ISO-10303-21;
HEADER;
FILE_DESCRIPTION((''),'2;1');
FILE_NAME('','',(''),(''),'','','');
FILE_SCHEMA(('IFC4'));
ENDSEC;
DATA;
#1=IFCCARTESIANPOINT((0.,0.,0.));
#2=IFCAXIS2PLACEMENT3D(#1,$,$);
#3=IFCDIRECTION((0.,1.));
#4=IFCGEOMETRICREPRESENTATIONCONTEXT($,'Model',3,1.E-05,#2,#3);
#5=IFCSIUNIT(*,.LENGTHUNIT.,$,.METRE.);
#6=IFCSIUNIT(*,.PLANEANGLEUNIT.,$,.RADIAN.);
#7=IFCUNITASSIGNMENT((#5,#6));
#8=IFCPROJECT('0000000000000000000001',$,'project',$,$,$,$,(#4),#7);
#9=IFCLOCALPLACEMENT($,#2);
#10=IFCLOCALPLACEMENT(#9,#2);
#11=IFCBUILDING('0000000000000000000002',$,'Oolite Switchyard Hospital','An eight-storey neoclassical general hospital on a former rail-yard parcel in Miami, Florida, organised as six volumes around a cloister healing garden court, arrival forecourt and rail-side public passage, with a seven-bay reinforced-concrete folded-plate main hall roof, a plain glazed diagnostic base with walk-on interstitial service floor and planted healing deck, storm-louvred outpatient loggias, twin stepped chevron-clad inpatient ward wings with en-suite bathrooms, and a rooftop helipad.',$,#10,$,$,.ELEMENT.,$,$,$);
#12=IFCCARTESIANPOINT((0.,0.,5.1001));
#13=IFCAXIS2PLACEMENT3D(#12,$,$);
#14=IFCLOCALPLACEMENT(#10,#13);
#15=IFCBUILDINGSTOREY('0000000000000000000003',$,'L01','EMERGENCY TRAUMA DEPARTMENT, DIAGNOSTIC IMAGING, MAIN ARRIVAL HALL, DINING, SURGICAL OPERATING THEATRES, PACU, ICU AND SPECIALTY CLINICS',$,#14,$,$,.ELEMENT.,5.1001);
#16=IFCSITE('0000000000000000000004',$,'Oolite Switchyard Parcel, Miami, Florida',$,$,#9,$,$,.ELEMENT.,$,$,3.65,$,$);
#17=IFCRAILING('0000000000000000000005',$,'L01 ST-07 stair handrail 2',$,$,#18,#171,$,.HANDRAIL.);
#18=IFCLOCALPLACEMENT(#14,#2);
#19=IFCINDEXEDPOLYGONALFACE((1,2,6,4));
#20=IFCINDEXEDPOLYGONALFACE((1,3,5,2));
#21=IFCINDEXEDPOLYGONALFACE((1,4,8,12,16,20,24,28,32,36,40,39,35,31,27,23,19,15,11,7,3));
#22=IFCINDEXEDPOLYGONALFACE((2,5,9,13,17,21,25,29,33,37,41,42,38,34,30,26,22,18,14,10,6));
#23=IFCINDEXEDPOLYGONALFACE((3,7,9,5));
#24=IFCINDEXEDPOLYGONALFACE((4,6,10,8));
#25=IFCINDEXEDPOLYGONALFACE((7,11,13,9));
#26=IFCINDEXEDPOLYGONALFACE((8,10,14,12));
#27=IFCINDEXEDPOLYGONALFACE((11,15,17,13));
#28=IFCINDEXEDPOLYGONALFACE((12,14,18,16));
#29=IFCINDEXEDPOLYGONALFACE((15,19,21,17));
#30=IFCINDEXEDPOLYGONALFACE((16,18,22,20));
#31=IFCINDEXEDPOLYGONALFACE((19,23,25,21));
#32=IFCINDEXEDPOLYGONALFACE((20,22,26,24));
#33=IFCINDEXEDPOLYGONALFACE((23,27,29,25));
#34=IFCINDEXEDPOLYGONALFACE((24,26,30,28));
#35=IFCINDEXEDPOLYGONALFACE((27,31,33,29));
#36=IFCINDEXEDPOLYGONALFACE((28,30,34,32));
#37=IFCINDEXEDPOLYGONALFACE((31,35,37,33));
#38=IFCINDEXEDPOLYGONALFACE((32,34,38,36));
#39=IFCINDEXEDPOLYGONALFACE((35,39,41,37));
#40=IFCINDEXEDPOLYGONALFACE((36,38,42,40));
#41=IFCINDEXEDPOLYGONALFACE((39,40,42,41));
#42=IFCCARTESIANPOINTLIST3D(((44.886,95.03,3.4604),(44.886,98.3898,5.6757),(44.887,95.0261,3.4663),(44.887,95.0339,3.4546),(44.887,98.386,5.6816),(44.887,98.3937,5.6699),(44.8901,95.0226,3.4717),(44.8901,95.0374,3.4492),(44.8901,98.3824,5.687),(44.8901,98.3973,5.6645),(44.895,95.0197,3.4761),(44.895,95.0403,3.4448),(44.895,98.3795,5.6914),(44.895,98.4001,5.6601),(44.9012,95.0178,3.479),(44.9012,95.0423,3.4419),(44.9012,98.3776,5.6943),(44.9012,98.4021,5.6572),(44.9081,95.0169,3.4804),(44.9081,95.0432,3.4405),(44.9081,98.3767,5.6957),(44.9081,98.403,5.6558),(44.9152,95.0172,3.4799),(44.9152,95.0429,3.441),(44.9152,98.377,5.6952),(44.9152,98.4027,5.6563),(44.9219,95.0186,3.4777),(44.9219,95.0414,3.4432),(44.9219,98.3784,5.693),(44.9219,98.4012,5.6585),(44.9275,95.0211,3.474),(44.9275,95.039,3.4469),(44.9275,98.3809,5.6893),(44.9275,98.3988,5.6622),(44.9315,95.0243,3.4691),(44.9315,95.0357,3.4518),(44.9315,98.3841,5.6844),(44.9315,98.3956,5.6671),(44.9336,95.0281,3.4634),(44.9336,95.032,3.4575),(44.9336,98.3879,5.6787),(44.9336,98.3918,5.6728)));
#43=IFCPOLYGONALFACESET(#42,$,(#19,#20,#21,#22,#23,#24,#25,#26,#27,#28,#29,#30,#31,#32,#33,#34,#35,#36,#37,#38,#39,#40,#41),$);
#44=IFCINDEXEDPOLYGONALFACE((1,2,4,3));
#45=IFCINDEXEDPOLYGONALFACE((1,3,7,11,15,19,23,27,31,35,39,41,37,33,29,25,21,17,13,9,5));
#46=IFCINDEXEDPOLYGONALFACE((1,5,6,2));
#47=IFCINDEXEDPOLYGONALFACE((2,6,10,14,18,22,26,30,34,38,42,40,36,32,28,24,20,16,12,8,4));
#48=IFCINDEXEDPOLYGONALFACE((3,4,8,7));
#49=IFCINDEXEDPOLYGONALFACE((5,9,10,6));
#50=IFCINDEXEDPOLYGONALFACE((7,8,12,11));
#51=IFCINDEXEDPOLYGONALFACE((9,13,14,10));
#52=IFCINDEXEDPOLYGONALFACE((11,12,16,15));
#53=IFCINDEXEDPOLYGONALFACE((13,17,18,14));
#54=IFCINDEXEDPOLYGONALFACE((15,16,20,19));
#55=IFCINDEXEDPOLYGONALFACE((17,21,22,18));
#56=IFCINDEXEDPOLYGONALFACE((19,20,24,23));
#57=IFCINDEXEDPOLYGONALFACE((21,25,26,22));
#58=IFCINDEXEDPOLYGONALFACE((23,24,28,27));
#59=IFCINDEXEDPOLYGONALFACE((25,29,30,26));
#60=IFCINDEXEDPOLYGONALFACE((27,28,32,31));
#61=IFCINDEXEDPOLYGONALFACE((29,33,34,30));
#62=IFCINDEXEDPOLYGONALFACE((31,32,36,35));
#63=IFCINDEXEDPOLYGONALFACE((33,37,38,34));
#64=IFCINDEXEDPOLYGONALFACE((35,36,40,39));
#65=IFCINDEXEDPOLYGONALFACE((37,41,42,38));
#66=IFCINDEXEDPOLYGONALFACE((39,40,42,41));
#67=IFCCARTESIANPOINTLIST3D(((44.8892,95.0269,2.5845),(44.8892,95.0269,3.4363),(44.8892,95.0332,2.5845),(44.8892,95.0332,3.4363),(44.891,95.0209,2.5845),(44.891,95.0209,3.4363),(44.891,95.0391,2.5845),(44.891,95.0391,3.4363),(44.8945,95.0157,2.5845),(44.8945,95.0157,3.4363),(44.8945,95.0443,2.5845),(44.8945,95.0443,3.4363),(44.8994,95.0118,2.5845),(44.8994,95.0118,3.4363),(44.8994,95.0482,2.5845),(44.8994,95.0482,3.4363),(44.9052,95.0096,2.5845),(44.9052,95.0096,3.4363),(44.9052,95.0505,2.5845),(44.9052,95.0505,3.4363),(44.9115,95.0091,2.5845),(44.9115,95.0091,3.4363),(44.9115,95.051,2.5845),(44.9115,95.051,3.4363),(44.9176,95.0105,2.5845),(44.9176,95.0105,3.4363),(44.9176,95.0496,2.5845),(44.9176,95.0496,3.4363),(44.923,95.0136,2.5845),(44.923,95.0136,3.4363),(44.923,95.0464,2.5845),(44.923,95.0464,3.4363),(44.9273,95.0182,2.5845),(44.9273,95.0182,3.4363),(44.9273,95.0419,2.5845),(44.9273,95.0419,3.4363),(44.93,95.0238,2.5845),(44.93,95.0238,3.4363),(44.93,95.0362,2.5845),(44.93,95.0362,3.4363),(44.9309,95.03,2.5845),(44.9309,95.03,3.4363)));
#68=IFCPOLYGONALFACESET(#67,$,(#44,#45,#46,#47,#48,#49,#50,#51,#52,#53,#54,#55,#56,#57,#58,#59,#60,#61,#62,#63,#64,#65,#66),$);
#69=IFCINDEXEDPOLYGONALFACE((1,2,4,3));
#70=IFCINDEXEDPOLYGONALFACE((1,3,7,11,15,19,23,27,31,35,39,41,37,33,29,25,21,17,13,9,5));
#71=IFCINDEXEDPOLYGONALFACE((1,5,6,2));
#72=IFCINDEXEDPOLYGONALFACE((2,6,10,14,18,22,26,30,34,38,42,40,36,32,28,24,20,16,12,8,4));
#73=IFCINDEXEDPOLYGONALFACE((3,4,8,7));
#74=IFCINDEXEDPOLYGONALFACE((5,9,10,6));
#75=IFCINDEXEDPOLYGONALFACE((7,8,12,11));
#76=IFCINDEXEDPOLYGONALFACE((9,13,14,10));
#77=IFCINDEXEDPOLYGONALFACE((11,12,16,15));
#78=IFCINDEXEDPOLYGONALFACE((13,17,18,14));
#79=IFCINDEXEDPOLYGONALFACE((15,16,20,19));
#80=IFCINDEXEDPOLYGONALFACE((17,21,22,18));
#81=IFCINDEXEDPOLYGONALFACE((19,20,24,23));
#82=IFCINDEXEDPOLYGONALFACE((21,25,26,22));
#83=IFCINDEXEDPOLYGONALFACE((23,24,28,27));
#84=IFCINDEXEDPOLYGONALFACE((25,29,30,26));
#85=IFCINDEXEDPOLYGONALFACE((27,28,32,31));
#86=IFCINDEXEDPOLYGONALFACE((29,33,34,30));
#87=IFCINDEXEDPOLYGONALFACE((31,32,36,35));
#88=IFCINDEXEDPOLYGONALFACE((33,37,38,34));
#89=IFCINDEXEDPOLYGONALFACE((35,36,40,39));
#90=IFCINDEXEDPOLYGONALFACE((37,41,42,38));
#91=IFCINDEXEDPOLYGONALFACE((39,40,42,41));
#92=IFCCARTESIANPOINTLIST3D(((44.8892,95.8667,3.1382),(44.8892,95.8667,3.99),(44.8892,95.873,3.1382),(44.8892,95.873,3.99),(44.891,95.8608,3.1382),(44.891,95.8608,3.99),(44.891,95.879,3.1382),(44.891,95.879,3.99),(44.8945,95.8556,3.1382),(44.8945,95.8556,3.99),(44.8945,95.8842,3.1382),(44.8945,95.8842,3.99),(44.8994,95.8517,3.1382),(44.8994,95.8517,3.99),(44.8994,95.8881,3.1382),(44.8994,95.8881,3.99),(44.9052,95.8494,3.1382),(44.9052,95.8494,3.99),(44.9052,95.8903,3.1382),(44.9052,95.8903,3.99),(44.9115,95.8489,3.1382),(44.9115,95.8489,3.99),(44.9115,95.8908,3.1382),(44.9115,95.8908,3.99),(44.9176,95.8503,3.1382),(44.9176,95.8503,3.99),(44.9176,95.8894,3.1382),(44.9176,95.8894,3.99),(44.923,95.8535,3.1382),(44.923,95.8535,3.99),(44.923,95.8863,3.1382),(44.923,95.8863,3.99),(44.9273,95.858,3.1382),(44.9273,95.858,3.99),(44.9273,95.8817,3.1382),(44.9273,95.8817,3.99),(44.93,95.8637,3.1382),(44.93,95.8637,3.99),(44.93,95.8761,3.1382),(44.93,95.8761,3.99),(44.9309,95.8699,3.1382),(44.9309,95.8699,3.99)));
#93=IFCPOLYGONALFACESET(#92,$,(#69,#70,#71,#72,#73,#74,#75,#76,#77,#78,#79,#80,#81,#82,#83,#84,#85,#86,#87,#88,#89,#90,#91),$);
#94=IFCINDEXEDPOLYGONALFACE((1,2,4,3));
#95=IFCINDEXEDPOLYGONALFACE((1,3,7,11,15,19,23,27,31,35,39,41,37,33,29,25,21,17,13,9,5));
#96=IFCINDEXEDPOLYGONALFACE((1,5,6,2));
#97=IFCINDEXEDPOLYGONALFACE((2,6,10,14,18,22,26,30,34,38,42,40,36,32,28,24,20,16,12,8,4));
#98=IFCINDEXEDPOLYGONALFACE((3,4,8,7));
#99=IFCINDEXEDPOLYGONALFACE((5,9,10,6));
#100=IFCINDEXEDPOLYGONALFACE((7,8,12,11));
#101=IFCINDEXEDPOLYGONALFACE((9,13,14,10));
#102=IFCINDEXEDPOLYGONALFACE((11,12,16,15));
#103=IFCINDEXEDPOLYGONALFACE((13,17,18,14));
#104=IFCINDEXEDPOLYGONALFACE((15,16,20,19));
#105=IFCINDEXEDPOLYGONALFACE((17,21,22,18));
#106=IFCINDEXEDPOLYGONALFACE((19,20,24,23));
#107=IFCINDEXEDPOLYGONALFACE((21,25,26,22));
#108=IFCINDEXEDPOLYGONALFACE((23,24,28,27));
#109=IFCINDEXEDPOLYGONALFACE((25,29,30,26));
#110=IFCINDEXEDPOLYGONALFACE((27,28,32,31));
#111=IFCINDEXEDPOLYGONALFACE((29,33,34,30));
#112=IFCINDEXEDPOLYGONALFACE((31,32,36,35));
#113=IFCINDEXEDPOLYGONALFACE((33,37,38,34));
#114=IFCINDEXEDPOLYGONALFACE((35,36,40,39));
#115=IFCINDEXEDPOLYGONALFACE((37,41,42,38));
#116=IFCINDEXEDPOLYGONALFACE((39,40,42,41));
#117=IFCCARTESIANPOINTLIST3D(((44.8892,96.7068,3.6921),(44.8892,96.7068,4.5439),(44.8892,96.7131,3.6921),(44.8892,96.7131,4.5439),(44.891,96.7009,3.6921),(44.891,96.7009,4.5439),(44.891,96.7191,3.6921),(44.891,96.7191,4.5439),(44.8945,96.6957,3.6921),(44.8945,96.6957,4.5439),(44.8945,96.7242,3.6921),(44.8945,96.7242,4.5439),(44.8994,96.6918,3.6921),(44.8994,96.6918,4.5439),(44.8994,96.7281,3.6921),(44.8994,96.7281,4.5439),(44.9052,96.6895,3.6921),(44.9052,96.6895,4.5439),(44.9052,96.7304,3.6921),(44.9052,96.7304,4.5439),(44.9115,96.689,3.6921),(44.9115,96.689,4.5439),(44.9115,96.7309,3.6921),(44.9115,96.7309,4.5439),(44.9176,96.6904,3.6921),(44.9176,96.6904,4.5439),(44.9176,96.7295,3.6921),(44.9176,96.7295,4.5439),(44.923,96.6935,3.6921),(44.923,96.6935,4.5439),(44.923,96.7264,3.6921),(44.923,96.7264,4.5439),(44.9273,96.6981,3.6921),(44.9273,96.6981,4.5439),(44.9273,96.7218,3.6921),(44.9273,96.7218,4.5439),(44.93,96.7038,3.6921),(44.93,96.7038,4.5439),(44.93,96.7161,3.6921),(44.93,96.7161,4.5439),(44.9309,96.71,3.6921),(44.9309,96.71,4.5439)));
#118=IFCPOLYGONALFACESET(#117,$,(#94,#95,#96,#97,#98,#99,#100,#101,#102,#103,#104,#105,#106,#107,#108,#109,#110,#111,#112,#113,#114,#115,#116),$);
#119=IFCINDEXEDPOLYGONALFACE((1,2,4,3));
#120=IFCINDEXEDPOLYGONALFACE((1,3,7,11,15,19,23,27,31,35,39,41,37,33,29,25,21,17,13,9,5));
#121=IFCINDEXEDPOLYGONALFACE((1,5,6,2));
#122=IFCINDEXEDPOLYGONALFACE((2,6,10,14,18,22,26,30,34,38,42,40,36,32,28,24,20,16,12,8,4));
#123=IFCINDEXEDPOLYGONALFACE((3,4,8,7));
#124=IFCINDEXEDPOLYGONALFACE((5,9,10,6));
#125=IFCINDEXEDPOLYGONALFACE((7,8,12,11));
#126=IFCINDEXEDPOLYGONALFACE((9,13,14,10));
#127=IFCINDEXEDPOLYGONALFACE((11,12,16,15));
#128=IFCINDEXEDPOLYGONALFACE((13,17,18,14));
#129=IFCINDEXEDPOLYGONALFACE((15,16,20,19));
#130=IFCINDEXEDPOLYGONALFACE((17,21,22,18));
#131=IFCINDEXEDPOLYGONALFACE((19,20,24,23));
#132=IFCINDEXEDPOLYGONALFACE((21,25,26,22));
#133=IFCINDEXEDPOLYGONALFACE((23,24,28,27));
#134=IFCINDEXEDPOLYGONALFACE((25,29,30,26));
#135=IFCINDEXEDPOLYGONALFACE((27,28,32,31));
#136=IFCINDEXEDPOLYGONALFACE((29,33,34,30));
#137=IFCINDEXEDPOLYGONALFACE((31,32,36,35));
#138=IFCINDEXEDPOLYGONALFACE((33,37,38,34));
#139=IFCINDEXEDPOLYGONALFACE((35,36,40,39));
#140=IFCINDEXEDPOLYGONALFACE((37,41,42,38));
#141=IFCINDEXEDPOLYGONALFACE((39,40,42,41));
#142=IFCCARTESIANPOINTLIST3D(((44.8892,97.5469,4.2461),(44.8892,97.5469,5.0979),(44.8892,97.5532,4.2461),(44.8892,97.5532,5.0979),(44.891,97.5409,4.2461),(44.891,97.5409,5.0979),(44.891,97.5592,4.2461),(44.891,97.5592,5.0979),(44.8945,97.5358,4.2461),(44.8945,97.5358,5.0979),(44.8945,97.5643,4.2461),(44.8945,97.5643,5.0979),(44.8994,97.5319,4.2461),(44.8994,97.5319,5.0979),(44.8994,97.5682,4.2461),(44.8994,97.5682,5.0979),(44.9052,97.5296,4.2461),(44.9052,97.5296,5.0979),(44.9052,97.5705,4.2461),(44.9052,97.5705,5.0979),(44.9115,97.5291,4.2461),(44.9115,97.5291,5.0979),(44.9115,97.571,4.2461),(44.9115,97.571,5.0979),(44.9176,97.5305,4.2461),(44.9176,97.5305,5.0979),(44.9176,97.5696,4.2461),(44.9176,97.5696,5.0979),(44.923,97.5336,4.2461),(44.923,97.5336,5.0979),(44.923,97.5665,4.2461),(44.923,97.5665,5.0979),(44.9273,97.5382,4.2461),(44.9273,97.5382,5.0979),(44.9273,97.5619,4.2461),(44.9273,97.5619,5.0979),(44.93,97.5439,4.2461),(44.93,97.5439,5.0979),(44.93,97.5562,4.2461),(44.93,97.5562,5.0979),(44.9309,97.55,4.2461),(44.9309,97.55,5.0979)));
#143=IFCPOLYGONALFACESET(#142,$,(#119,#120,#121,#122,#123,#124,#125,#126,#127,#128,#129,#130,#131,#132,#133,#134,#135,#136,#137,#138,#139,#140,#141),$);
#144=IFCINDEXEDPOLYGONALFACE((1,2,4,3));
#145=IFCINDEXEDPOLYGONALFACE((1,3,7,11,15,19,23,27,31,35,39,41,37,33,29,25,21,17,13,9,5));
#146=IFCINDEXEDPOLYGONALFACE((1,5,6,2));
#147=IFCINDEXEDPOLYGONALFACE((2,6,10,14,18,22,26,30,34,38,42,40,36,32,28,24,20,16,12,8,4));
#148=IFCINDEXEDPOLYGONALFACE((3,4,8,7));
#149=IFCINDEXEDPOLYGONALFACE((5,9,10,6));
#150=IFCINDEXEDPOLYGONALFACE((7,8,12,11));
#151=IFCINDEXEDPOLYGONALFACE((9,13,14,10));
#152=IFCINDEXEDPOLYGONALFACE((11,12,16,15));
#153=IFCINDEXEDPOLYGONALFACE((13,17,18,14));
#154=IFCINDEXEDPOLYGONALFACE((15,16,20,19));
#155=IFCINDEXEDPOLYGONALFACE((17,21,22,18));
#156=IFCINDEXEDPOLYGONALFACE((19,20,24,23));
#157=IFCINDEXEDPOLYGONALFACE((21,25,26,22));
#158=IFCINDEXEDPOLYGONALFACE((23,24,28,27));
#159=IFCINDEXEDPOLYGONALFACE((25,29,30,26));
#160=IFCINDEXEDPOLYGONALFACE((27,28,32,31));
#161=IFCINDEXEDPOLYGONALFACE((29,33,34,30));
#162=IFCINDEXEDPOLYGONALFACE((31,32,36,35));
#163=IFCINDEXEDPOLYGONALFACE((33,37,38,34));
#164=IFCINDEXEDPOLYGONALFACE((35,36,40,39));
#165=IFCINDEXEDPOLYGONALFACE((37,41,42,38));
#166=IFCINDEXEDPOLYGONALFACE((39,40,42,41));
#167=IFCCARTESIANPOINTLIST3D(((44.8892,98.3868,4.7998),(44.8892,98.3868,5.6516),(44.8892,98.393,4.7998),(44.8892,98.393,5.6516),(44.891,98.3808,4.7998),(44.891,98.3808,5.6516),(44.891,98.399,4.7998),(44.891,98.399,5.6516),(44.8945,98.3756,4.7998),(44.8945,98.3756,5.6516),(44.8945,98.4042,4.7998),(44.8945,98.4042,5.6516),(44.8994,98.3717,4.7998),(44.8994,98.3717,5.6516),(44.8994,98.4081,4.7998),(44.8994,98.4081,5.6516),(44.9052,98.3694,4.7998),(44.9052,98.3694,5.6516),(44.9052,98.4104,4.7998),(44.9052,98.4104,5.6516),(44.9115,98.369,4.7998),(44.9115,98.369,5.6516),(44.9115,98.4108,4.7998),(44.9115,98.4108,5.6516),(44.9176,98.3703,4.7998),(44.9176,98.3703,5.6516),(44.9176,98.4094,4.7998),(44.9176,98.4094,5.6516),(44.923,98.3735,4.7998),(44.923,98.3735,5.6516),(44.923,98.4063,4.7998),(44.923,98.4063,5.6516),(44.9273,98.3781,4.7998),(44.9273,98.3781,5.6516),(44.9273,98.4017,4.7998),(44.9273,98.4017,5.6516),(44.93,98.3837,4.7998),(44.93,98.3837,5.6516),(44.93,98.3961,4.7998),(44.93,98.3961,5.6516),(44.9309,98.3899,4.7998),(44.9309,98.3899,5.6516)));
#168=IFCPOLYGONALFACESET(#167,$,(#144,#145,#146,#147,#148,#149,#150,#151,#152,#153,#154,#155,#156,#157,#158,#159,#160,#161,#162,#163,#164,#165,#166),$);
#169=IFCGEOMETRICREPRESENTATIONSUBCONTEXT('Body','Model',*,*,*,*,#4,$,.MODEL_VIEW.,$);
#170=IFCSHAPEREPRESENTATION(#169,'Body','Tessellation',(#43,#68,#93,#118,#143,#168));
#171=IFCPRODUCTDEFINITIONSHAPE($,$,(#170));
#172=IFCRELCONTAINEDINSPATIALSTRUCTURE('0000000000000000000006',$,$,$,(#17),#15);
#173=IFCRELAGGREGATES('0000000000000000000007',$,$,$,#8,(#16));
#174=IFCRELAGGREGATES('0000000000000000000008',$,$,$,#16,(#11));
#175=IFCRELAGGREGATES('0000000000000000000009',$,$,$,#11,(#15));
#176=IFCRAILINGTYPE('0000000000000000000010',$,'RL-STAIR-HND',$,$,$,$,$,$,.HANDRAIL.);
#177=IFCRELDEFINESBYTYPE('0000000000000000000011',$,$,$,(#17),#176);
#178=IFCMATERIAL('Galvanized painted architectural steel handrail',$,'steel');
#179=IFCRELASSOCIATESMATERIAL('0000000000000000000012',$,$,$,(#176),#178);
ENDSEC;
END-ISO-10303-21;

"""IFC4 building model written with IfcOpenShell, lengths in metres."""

from ifc_helpers import new_model, si_unit, direction, frame, origin, origin_2d, place, context, subcontext, project, spatial, circle, extrude, material, type_object, element, save


model = new_model("IFC4")

# Units and contexts
model_context = context("Model", 3, precision=1e-05, world=origin(), true_north=direction((0.0, 1.0)))
body_context = subcontext(model_context, "Body", "Model", "MODEL_VIEW")
ifc_project = project(units=[si_unit("LENGTHUNIT", "METRE"), si_unit("PLANEANGLEUNIT", "RADIAN")], contexts=[model_context])

# Site, building, storey
site_placement = place(None, origin())
site = spatial("IfcSite", under=ifc_project, at=site_placement, Name="Oolite Switchyard Parcel, Miami, Florida", CompositionType="ELEMENT", RefElevation=3.65)
building_placement = place(site_placement, origin())
building = spatial("IfcBuilding", under=site, at=building_placement, Name="Oolite Switchyard Hospital", Description="An eight-storey neoclassical general hospital on a former rail-yard parcel in Miami, Florida, organised as six volumes around a cloister healing garden court, arrival forecourt and rail-side public passage, with a seven-bay reinforced-concrete folded-plate main hall roof, a plain glazed diagnostic base with walk-on interstitial service floor and planted healing deck, storm-louvred outpatient loggias, twin stepped chevron-clad inpatient ward wings with en-suite bathrooms, and a rooftop helipad.", CompositionType="ELEMENT")
storey_placement = place(building_placement, frame((0.0, 0.0, 5.1001)))
storey = spatial("IfcBuildingStorey", under=building, at=storey_placement, Name="L01", Description="EMERGENCY TRAUMA DEPARTMENT, DIAGNOSTIC IMAGING, MAIN ARRIVAL HALL, DINING, SURGICAL OPERATING THEATRES, PACU, ICU AND SPECIALTY CLINICS", CompositionType="ELEMENT", Elevation=5.1001)

# Railing
ifc_material_1 = material(Name="Galvanized painted architectural steel handrail", Category="steel")
railing_type_1 = type_object("IfcRailingType", Name="RL-STAIR-HND", PredefinedType="HANDRAIL", material=ifc_material_1)
railing_1_placement = place(storey_placement, frame((44.9099, 95.03, 2.5845)))
element("IfcRailing", 1, at=railing_1_placement, inside=storey, type_object=railing_type_1, Name="L01 ST-07 stair handrail 2", PredefinedType="HANDRAIL", context=body_context, shape_type="SweptSolid", body=[
    extrude(circle(Radius=0.0239, at=origin_2d()), frame((0.0, 0.0, 0.876), z_axis=(0.0, 0.834858, 0.550465), x_axis=(-1.0, 0.0, 0.0)), (0.0, 0.0, 1.0), 4.0244),
    extrude(circle(Radius=0.021, at=origin_2d()), origin(), (0.0, 0.0, 1.0), 0.8518),
    extrude(circle(Radius=0.021, at=origin_2d()), frame((0.0, 0.8398, 0.5537)), (0.0, 0.0, 1.0), 0.8518),
    extrude(circle(Radius=0.021, at=origin_2d()), frame((0.0, 1.6799, 1.1077)), (0.0, 0.0, 1.0), 0.8518),
    extrude(circle(Radius=0.021, at=origin_2d()), frame((0.0, 2.52, 1.6616)), (0.0, 0.0, 1.0), 0.8518),
    extrude(circle(Radius=0.021, at=origin_2d()), frame((0.0, 3.3599, 2.2153)), (0.0, 0.0, 1.0), 0.8518),
])

save(model, "model.ifc")
